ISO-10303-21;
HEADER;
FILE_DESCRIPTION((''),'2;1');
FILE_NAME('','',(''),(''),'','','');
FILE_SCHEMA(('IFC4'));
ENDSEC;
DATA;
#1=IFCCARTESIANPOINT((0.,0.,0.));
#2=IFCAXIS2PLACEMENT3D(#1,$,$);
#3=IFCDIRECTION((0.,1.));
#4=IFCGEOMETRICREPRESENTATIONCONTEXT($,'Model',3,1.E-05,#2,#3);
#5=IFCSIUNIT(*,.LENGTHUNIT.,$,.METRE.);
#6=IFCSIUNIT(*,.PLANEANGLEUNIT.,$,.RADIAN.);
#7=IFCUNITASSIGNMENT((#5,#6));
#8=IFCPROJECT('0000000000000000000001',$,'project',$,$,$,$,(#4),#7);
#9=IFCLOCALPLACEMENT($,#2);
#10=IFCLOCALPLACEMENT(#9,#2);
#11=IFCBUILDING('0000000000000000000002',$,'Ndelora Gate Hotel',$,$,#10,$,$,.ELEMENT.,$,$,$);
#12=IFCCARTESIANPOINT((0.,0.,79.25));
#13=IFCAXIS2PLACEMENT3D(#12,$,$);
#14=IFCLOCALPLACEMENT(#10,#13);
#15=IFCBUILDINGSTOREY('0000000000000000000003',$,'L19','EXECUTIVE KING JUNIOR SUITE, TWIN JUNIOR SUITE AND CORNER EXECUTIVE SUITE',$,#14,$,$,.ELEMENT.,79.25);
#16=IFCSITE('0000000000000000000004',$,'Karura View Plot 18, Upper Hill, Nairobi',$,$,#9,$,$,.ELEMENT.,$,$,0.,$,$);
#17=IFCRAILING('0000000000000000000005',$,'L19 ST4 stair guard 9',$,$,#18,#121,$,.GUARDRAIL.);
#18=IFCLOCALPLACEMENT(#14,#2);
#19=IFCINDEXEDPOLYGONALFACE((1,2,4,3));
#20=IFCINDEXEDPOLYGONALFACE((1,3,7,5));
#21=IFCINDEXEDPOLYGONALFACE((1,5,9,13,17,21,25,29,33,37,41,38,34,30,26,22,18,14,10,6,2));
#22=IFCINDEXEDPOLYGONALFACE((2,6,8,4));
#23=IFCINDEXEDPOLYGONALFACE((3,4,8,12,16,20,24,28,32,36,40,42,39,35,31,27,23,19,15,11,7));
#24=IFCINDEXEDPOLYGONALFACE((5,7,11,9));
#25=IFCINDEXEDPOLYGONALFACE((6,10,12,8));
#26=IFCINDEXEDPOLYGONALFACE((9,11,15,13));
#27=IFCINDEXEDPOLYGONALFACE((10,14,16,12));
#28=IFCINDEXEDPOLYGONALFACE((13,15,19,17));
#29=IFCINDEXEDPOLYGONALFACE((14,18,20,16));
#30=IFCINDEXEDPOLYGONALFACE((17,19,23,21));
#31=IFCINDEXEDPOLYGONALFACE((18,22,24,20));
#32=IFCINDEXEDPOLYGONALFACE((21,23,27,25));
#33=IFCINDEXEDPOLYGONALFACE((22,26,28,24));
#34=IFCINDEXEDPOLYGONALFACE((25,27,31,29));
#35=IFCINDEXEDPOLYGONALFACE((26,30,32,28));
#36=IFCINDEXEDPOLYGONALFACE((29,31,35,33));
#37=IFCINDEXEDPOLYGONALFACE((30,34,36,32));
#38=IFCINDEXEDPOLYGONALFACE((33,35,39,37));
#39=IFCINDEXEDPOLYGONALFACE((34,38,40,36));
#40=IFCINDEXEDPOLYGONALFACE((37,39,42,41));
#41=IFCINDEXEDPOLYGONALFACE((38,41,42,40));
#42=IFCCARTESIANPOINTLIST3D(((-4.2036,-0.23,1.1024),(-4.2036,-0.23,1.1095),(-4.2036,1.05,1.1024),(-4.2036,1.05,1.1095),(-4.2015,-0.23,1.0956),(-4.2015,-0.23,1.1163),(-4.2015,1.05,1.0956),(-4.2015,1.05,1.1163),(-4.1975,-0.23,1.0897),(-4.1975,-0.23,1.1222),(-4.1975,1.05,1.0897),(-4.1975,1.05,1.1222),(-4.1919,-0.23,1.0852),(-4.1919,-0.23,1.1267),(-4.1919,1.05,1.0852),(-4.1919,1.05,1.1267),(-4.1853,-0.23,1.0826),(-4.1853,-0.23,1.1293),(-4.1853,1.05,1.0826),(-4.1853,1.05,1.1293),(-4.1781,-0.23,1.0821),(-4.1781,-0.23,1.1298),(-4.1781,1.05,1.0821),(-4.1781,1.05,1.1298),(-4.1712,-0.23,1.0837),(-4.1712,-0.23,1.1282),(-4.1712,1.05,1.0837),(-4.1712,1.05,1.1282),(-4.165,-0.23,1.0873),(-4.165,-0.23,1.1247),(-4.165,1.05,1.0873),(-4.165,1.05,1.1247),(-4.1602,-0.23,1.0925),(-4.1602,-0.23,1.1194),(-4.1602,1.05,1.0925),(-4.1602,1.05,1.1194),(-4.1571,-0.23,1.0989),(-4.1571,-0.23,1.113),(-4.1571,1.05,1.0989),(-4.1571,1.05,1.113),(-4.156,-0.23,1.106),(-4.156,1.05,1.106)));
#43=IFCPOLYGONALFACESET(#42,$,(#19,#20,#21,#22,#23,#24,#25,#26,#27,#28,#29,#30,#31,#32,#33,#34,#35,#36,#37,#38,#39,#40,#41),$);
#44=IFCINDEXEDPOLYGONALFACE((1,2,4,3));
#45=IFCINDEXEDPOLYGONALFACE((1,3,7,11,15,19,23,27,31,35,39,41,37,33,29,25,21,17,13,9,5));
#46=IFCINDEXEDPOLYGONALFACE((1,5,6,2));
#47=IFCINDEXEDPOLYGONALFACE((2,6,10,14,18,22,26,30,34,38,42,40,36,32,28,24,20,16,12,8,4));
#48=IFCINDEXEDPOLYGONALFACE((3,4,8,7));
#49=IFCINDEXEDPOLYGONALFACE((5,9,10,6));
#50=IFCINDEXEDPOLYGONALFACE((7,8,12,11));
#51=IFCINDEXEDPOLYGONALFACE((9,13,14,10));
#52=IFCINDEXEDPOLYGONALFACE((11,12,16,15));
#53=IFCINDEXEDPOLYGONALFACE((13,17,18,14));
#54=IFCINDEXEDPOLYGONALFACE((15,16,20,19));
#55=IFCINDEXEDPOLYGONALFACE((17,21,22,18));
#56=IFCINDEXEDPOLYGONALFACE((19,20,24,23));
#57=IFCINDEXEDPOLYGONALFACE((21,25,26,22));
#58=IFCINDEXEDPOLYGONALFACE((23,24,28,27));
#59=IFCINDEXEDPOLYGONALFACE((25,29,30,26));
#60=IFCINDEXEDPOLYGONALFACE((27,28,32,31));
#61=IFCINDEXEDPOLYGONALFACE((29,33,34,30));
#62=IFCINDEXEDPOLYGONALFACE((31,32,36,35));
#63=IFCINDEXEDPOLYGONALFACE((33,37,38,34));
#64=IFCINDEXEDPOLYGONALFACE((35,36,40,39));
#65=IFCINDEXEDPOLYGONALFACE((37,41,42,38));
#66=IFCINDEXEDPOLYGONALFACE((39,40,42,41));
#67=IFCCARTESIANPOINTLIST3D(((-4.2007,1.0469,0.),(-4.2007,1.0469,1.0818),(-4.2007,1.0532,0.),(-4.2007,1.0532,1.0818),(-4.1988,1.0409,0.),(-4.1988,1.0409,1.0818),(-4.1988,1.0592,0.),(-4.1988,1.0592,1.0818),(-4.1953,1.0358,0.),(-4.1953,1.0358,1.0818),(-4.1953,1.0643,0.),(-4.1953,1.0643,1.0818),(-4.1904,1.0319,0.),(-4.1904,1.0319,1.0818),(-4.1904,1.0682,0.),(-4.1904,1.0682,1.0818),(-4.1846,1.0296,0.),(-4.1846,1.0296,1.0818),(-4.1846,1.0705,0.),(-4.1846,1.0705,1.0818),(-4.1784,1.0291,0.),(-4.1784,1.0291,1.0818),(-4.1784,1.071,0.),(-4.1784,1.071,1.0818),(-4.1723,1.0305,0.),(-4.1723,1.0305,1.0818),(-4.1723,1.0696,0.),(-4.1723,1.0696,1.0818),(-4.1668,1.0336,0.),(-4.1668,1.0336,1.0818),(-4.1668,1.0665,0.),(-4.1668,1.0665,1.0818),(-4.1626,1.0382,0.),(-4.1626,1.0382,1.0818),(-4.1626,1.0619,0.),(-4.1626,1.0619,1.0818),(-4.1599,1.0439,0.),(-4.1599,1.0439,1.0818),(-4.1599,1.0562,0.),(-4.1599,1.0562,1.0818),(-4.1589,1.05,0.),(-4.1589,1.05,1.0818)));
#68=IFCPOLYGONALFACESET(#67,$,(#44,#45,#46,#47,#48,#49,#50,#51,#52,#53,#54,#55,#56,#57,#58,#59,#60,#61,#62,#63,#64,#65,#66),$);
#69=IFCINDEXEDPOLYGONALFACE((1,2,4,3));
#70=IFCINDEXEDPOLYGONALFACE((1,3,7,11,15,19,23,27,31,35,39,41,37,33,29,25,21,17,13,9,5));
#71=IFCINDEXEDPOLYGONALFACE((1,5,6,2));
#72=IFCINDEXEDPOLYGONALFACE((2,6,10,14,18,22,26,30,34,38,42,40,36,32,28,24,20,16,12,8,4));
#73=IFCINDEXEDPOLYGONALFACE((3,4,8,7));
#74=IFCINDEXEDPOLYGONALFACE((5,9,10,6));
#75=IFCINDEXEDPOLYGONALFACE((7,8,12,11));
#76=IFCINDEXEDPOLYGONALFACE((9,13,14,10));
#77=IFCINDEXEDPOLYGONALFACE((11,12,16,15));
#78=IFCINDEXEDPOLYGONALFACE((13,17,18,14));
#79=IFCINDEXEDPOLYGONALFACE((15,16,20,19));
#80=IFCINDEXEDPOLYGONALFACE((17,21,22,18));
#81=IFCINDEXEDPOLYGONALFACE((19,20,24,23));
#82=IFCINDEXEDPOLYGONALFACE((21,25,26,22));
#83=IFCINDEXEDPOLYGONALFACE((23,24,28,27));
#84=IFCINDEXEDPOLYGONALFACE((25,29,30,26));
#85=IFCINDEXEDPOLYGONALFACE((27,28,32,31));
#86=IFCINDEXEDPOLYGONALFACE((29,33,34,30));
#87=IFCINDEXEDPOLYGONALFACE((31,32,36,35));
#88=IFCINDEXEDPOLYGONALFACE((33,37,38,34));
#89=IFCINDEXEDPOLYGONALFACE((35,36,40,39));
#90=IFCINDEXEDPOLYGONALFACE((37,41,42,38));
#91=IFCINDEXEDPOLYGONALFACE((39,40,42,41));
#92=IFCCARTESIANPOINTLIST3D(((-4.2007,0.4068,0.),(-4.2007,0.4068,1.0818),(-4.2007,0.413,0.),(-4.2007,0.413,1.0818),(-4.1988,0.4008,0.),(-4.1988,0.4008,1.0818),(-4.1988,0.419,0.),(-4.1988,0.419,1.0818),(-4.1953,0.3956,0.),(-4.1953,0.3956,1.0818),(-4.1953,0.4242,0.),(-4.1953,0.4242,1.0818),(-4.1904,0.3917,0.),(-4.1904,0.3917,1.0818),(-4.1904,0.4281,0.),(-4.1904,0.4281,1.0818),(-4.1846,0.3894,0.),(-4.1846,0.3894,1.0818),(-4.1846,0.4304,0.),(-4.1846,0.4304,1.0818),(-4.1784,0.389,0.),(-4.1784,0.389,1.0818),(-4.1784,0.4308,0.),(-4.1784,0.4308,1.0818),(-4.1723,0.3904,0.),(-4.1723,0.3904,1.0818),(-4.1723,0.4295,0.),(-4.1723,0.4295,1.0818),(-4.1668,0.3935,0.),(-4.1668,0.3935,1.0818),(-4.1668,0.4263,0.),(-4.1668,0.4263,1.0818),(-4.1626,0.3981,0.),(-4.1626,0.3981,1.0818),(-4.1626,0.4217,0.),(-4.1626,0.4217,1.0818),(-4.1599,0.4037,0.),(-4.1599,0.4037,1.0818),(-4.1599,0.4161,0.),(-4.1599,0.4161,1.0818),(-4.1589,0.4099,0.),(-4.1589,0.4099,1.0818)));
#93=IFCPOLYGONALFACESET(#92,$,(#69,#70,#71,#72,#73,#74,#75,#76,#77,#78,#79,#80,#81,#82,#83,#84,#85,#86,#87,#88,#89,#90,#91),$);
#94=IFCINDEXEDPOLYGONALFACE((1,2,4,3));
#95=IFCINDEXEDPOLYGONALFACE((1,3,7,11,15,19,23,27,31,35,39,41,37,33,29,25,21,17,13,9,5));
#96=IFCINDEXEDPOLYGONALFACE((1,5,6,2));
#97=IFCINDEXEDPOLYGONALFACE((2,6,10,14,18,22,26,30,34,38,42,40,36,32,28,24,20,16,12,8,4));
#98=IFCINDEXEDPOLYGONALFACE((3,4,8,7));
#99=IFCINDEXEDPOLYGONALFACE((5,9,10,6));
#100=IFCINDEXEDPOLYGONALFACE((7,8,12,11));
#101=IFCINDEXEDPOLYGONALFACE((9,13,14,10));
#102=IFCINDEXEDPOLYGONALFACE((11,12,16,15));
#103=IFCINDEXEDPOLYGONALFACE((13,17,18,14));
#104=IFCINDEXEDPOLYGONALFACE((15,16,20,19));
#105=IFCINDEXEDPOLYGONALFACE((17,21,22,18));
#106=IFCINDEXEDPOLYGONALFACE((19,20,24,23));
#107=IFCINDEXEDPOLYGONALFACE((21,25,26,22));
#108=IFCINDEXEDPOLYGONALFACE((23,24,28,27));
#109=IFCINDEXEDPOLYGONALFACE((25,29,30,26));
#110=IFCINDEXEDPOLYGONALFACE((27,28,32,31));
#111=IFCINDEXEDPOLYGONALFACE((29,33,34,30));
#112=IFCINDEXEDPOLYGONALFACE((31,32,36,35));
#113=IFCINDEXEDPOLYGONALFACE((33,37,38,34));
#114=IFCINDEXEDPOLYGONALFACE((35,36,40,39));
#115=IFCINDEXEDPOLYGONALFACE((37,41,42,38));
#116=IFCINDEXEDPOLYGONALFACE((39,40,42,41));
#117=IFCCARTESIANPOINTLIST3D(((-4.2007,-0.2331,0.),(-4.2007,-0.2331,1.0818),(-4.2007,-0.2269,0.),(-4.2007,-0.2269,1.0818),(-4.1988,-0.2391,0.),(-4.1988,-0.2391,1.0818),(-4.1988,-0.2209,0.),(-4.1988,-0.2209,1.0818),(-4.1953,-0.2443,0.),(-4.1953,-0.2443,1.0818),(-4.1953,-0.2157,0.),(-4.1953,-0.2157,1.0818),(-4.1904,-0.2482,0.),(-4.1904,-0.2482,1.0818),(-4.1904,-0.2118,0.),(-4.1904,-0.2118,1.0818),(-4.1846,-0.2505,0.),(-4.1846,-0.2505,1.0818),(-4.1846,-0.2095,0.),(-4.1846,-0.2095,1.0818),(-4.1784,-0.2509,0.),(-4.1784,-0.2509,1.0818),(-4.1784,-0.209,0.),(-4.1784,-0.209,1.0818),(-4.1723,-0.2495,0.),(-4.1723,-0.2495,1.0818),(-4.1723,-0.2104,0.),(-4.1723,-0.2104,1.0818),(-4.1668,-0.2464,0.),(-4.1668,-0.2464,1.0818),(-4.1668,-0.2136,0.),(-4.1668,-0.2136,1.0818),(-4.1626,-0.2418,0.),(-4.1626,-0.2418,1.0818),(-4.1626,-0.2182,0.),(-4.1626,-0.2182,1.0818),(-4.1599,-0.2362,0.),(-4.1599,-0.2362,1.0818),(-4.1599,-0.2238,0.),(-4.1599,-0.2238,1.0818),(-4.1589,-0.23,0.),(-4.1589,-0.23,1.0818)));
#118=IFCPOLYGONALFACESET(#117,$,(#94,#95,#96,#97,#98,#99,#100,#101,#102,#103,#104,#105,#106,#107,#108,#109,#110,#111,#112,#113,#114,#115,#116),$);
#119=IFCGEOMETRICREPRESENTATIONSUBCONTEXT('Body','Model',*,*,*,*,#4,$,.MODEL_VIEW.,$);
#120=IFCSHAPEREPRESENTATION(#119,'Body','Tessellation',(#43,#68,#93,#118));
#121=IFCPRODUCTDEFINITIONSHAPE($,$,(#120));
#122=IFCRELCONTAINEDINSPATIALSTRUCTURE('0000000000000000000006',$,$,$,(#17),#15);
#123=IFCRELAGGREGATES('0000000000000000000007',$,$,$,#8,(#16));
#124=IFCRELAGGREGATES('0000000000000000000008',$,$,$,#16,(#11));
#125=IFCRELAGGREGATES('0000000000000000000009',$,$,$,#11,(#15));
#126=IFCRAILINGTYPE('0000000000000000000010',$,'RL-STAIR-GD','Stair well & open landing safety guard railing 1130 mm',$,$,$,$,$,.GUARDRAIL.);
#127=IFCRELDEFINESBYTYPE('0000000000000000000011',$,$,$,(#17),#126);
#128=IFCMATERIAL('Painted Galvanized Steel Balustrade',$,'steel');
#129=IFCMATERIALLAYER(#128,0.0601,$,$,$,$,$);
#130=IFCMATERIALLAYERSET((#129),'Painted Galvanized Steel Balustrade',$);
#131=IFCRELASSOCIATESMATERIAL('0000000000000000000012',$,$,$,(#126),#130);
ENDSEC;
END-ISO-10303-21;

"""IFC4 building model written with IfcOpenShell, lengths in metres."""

from ifc_helpers import new_model, si_unit, direction, frame, origin, origin_2d, place, context, subcontext, project, spatial, circle, extrude, material, layer, layer_set, type_object, element, save


model = new_model("IFC4")

# Units and contexts
model_context = context("Model", 3, precision=1e-05, world=origin(), true_north=direction((0.0, 1.0)))
body_context = subcontext(model_context, "Body", "Model", "MODEL_VIEW")
ifc_project = project(units=[si_unit("LENGTHUNIT", "METRE"), si_unit("PLANEANGLEUNIT", "RADIAN")], contexts=[model_context])

# Site, building, storey
site_placement = place(None, origin())
site = spatial("IfcSite", under=ifc_project, at=site_placement, Name="Karura View Plot 18, Upper Hill, Nairobi", CompositionType="ELEMENT", RefElevation=0.0)
building_placement = place(site_placement, origin())
building = spatial("IfcBuilding", under=site, at=building_placement, Name="Ndelora Gate Hotel", CompositionType="ELEMENT")
storey_placement = place(building_placement, frame((0.0, 0.0, 79.25)))
storey = spatial("IfcBuildingStorey", under=building, at=storey_placement, Name="L19", Description="EXECUTIVE KING JUNIOR SUITE, TWIN JUNIOR SUITE AND CORNER EXECUTIVE SUITE", CompositionType="ELEMENT", Elevation=79.25)

# Railing
ifc_material_1 = material(Name="Painted Galvanized Steel Balustrade", Category="steel")
ifc_layer_1 = layer(ifc_material_1, 0.0601)
ifc_layer_set_1 = layer_set([ifc_layer_1], Name="Painted Galvanized Steel Balustrade")
railing_type_1 = type_object("IfcRailingType", Name="RL-STAIR-GD", Description="Stair well & open landing safety guard railing 1130 mm", PredefinedType="GUARDRAIL", material=ifc_layer_set_1)
for number, where, name in (
    (1, (-4.1799, 1.05, 0.0), "L19 ST4 stair guard 9"),
):
    element("IfcRailing", number, at=place(storey_placement, frame(where)), inside=storey, type_object=railing_type_1, Name=name, PredefinedType="GUARDRAIL", context=body_context, shape_type="SweptSolid", body=[
        extrude(circle(Radius=0.0239, at=origin_2d()), frame((0.0, 0.0, 1.106), z_axis=(0.0, -1.0, 0.0), x_axis=(1.0, 0.0, 0.0)), (0.0, 0.0, 1.0), 1.28),
        extrude(circle(Radius=0.021, at=origin_2d()), origin(), (0.0, 0.0, 1.0), 1.0818),
        extrude(circle(Radius=0.021, at=origin_2d()), frame((0.0, -0.6401, 0.0)), (0.0, 0.0, 1.0), 1.0818),
        extrude(circle(Radius=0.021, at=origin_2d()), frame((0.0, -1.28, 0.0)), (0.0, 0.0, 1.0), 1.0818),
    ])

save(model, "model.ifc")
